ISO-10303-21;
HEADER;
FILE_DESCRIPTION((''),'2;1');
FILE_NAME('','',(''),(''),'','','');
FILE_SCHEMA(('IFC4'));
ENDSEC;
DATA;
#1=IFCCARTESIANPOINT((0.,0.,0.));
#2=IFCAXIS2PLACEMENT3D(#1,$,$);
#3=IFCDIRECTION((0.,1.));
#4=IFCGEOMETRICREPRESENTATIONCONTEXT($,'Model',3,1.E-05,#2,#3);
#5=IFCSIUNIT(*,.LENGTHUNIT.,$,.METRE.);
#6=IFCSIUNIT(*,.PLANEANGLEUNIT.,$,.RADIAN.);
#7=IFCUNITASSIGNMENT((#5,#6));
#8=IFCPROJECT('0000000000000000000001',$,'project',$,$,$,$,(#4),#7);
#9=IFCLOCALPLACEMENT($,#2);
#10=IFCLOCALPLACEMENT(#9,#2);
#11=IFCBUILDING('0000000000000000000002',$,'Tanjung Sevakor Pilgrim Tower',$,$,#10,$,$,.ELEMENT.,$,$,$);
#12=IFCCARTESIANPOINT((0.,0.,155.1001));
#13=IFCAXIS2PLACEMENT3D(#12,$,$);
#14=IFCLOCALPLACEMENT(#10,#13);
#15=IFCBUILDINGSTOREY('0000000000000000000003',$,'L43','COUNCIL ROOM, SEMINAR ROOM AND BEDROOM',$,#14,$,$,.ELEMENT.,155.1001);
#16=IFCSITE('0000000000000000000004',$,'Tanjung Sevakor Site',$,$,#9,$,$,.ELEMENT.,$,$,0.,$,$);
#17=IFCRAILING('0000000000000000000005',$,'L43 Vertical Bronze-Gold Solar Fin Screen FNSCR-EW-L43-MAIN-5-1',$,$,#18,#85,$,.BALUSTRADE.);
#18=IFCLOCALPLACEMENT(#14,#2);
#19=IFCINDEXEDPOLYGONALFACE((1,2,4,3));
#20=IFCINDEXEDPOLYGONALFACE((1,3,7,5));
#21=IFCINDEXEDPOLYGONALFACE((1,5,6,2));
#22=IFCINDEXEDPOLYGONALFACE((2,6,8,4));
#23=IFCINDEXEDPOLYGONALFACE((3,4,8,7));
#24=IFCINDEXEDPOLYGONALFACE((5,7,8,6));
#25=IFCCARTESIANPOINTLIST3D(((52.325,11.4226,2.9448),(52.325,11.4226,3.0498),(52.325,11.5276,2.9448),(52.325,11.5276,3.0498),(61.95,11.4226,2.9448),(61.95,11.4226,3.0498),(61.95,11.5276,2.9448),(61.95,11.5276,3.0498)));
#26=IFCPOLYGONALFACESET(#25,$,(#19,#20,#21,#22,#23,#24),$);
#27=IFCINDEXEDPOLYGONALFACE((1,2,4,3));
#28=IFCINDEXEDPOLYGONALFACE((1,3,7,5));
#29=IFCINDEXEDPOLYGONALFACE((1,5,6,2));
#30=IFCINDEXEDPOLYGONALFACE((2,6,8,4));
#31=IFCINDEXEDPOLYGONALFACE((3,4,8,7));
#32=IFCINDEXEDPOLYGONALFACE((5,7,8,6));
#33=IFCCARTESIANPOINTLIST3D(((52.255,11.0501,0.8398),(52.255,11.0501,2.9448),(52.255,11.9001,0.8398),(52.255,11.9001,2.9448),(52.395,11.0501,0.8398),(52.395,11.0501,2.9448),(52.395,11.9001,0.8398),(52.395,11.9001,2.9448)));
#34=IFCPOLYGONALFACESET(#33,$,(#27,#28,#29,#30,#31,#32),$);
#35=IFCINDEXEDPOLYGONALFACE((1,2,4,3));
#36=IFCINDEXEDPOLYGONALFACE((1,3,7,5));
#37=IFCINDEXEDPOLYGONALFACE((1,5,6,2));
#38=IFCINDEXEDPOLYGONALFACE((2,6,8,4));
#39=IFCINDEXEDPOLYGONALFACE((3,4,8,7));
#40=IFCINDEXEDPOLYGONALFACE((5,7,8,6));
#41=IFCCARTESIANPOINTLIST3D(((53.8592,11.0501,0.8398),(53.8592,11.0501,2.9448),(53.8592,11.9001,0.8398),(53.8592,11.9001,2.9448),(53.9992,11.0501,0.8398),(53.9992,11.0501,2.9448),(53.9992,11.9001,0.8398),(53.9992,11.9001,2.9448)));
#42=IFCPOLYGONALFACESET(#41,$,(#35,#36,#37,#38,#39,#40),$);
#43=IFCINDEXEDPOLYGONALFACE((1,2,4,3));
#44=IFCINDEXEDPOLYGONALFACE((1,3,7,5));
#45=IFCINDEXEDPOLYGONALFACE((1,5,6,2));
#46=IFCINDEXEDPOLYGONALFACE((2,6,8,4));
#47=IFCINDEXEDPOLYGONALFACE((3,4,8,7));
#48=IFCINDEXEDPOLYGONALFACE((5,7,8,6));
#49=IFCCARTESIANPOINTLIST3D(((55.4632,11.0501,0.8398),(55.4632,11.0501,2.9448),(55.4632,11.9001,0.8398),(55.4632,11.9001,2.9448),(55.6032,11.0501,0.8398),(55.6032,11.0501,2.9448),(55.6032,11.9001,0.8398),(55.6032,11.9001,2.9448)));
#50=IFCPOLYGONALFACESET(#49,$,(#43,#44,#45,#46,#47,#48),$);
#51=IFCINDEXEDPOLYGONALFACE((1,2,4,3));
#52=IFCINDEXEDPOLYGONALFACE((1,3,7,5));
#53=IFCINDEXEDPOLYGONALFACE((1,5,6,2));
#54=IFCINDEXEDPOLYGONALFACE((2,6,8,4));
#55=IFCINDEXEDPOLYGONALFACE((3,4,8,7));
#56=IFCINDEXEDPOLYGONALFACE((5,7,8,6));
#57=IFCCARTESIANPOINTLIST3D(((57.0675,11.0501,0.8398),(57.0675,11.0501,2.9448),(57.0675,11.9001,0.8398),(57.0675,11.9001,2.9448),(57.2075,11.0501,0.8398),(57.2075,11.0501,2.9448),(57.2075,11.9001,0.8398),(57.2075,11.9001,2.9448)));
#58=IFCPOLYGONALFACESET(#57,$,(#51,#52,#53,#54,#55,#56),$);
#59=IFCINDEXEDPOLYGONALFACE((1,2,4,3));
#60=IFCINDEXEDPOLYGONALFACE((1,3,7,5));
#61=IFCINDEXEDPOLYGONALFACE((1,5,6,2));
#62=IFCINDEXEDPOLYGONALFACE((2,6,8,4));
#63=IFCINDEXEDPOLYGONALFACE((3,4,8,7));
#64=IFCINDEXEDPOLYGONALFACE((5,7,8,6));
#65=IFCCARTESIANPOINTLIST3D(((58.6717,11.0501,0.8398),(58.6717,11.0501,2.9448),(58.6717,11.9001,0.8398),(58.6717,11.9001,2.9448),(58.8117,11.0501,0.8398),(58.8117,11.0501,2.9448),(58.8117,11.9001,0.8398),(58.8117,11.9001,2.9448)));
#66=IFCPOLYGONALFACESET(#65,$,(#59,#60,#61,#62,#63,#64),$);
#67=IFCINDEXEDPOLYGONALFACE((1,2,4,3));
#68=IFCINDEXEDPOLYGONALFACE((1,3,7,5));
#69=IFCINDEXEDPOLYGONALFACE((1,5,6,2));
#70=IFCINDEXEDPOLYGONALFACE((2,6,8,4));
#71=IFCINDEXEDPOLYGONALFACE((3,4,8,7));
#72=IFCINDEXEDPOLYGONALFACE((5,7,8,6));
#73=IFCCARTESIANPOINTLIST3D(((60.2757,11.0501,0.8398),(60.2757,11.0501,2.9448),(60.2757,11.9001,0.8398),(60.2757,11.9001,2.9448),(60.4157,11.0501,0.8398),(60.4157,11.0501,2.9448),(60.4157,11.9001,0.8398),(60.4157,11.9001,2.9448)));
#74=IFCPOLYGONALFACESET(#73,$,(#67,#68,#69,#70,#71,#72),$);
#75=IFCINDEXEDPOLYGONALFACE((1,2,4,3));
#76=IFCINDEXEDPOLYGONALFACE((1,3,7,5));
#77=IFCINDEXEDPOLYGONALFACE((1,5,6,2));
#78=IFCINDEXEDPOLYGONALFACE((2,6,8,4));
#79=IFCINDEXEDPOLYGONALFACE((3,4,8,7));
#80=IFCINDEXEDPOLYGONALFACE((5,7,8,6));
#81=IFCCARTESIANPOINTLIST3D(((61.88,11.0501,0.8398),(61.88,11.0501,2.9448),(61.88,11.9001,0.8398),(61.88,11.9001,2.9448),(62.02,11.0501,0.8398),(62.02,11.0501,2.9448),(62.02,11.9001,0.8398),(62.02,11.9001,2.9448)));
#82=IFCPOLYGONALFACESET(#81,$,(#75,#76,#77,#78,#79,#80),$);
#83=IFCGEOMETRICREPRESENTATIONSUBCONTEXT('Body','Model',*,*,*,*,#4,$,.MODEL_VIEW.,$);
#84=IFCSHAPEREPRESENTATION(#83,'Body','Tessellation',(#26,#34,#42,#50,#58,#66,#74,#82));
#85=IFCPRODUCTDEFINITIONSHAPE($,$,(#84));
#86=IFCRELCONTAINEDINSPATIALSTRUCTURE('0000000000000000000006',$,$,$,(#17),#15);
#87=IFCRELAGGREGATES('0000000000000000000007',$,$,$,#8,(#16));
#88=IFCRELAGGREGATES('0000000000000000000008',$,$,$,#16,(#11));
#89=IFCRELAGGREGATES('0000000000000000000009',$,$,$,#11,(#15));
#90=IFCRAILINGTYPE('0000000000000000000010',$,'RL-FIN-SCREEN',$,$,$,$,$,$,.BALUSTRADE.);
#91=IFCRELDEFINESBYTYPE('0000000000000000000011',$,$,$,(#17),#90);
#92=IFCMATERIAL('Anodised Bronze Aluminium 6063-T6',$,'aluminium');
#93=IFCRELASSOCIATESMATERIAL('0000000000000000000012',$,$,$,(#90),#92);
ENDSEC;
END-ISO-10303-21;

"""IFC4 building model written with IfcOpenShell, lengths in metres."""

from ifc_helpers import new_model, si_unit, direction, frame, origin, place, context, subcontext, project, spatial, rectangle, extrude, material, type_object, element, save


model = new_model("IFC4")

# Units and contexts
model_context = context("Model", 3, precision=1e-05, world=origin(), true_north=direction((0.0, 1.0)))
body_context = subcontext(model_context, "Body", "Model", "MODEL_VIEW")
ifc_project = project(units=[si_unit("LENGTHUNIT", "METRE"), si_unit("PLANEANGLEUNIT", "RADIAN")], contexts=[model_context])

# Site, building, storey
site_placement = place(None, origin())
site = spatial("IfcSite", under=ifc_project, at=site_placement, Name="Tanjung Sevakor Site", CompositionType="ELEMENT", RefElevation=0.0)
building_placement = place(site_placement, origin())
building = spatial("IfcBuilding", under=site, at=building_placement, Name="Tanjung Sevakor Pilgrim Tower", CompositionType="ELEMENT")
storey_placement = place(building_placement, frame((0.0, 0.0, 155.1001)))
storey = spatial("IfcBuildingStorey", under=building, at=storey_placement, Name="L43", Description="COUNCIL ROOM, SEMINAR ROOM AND BEDROOM", CompositionType="ELEMENT", Elevation=155.1001)

# Railing
ifc_material_1 = material(Name="Anodised Bronze Aluminium 6063-T6", Category="aluminium")
railing_type_1 = type_object("IfcRailingType", Name="RL-FIN-SCREEN", PredefinedType="BALUSTRADE", material=ifc_material_1)
railing_1_placement = place(storey_placement, frame((52.325, 11.4751, 0.8398)))
element("IfcRailing", 1, at=railing_1_placement, inside=storey, type_object=railing_type_1, Name="L43 Vertical Bronze-Gold Solar Fin Screen FNSCR-EW-L43-MAIN-5-1", PredefinedType="BALUSTRADE", context=body_context, shape_type="SweptSolid", body=[
    extrude(rectangle(XDim=0.105, YDim=0.105), frame((0.0, 0.0, 2.1575), z_axis=(1.0, 0.0, 0.0), x_axis=(0.0, 1.0, 0.0)), (0.0, 0.0, 1.0), 9.625),
    extrude(rectangle(XDim=0.14, YDim=0.85), origin(), (0.0, 0.0, 1.0), 2.105),
    extrude(rectangle(XDim=0.14, YDim=0.85), frame((1.6042, 0.0, 0.0)), (0.0, 0.0, 1.0), 2.105),
    extrude(rectangle(XDim=0.14, YDim=0.85), frame((3.2083, 0.0, 0.0)), (0.0, 0.0, 1.0), 2.105),
    extrude(rectangle(XDim=0.14, YDim=0.85), frame((4.8125, 0.0, 0.0)), (0.0, 0.0, 1.0), 2.105),
    extrude(rectangle(XDim=0.14, YDim=0.85), frame((6.4167, 0.0, 0.0)), (0.0, 0.0, 1.0), 2.105),
    extrude(rectangle(XDim=0.14, YDim=0.85), frame((8.0208, 0.0, 0.0)), (0.0, 0.0, 1.0), 2.105),
    extrude(rectangle(XDim=0.14, YDim=0.85), frame((9.625, 0.0, 0.0)), (0.0, 0.0, 1.0), 2.105),
])

save(model, "model.ifc")
